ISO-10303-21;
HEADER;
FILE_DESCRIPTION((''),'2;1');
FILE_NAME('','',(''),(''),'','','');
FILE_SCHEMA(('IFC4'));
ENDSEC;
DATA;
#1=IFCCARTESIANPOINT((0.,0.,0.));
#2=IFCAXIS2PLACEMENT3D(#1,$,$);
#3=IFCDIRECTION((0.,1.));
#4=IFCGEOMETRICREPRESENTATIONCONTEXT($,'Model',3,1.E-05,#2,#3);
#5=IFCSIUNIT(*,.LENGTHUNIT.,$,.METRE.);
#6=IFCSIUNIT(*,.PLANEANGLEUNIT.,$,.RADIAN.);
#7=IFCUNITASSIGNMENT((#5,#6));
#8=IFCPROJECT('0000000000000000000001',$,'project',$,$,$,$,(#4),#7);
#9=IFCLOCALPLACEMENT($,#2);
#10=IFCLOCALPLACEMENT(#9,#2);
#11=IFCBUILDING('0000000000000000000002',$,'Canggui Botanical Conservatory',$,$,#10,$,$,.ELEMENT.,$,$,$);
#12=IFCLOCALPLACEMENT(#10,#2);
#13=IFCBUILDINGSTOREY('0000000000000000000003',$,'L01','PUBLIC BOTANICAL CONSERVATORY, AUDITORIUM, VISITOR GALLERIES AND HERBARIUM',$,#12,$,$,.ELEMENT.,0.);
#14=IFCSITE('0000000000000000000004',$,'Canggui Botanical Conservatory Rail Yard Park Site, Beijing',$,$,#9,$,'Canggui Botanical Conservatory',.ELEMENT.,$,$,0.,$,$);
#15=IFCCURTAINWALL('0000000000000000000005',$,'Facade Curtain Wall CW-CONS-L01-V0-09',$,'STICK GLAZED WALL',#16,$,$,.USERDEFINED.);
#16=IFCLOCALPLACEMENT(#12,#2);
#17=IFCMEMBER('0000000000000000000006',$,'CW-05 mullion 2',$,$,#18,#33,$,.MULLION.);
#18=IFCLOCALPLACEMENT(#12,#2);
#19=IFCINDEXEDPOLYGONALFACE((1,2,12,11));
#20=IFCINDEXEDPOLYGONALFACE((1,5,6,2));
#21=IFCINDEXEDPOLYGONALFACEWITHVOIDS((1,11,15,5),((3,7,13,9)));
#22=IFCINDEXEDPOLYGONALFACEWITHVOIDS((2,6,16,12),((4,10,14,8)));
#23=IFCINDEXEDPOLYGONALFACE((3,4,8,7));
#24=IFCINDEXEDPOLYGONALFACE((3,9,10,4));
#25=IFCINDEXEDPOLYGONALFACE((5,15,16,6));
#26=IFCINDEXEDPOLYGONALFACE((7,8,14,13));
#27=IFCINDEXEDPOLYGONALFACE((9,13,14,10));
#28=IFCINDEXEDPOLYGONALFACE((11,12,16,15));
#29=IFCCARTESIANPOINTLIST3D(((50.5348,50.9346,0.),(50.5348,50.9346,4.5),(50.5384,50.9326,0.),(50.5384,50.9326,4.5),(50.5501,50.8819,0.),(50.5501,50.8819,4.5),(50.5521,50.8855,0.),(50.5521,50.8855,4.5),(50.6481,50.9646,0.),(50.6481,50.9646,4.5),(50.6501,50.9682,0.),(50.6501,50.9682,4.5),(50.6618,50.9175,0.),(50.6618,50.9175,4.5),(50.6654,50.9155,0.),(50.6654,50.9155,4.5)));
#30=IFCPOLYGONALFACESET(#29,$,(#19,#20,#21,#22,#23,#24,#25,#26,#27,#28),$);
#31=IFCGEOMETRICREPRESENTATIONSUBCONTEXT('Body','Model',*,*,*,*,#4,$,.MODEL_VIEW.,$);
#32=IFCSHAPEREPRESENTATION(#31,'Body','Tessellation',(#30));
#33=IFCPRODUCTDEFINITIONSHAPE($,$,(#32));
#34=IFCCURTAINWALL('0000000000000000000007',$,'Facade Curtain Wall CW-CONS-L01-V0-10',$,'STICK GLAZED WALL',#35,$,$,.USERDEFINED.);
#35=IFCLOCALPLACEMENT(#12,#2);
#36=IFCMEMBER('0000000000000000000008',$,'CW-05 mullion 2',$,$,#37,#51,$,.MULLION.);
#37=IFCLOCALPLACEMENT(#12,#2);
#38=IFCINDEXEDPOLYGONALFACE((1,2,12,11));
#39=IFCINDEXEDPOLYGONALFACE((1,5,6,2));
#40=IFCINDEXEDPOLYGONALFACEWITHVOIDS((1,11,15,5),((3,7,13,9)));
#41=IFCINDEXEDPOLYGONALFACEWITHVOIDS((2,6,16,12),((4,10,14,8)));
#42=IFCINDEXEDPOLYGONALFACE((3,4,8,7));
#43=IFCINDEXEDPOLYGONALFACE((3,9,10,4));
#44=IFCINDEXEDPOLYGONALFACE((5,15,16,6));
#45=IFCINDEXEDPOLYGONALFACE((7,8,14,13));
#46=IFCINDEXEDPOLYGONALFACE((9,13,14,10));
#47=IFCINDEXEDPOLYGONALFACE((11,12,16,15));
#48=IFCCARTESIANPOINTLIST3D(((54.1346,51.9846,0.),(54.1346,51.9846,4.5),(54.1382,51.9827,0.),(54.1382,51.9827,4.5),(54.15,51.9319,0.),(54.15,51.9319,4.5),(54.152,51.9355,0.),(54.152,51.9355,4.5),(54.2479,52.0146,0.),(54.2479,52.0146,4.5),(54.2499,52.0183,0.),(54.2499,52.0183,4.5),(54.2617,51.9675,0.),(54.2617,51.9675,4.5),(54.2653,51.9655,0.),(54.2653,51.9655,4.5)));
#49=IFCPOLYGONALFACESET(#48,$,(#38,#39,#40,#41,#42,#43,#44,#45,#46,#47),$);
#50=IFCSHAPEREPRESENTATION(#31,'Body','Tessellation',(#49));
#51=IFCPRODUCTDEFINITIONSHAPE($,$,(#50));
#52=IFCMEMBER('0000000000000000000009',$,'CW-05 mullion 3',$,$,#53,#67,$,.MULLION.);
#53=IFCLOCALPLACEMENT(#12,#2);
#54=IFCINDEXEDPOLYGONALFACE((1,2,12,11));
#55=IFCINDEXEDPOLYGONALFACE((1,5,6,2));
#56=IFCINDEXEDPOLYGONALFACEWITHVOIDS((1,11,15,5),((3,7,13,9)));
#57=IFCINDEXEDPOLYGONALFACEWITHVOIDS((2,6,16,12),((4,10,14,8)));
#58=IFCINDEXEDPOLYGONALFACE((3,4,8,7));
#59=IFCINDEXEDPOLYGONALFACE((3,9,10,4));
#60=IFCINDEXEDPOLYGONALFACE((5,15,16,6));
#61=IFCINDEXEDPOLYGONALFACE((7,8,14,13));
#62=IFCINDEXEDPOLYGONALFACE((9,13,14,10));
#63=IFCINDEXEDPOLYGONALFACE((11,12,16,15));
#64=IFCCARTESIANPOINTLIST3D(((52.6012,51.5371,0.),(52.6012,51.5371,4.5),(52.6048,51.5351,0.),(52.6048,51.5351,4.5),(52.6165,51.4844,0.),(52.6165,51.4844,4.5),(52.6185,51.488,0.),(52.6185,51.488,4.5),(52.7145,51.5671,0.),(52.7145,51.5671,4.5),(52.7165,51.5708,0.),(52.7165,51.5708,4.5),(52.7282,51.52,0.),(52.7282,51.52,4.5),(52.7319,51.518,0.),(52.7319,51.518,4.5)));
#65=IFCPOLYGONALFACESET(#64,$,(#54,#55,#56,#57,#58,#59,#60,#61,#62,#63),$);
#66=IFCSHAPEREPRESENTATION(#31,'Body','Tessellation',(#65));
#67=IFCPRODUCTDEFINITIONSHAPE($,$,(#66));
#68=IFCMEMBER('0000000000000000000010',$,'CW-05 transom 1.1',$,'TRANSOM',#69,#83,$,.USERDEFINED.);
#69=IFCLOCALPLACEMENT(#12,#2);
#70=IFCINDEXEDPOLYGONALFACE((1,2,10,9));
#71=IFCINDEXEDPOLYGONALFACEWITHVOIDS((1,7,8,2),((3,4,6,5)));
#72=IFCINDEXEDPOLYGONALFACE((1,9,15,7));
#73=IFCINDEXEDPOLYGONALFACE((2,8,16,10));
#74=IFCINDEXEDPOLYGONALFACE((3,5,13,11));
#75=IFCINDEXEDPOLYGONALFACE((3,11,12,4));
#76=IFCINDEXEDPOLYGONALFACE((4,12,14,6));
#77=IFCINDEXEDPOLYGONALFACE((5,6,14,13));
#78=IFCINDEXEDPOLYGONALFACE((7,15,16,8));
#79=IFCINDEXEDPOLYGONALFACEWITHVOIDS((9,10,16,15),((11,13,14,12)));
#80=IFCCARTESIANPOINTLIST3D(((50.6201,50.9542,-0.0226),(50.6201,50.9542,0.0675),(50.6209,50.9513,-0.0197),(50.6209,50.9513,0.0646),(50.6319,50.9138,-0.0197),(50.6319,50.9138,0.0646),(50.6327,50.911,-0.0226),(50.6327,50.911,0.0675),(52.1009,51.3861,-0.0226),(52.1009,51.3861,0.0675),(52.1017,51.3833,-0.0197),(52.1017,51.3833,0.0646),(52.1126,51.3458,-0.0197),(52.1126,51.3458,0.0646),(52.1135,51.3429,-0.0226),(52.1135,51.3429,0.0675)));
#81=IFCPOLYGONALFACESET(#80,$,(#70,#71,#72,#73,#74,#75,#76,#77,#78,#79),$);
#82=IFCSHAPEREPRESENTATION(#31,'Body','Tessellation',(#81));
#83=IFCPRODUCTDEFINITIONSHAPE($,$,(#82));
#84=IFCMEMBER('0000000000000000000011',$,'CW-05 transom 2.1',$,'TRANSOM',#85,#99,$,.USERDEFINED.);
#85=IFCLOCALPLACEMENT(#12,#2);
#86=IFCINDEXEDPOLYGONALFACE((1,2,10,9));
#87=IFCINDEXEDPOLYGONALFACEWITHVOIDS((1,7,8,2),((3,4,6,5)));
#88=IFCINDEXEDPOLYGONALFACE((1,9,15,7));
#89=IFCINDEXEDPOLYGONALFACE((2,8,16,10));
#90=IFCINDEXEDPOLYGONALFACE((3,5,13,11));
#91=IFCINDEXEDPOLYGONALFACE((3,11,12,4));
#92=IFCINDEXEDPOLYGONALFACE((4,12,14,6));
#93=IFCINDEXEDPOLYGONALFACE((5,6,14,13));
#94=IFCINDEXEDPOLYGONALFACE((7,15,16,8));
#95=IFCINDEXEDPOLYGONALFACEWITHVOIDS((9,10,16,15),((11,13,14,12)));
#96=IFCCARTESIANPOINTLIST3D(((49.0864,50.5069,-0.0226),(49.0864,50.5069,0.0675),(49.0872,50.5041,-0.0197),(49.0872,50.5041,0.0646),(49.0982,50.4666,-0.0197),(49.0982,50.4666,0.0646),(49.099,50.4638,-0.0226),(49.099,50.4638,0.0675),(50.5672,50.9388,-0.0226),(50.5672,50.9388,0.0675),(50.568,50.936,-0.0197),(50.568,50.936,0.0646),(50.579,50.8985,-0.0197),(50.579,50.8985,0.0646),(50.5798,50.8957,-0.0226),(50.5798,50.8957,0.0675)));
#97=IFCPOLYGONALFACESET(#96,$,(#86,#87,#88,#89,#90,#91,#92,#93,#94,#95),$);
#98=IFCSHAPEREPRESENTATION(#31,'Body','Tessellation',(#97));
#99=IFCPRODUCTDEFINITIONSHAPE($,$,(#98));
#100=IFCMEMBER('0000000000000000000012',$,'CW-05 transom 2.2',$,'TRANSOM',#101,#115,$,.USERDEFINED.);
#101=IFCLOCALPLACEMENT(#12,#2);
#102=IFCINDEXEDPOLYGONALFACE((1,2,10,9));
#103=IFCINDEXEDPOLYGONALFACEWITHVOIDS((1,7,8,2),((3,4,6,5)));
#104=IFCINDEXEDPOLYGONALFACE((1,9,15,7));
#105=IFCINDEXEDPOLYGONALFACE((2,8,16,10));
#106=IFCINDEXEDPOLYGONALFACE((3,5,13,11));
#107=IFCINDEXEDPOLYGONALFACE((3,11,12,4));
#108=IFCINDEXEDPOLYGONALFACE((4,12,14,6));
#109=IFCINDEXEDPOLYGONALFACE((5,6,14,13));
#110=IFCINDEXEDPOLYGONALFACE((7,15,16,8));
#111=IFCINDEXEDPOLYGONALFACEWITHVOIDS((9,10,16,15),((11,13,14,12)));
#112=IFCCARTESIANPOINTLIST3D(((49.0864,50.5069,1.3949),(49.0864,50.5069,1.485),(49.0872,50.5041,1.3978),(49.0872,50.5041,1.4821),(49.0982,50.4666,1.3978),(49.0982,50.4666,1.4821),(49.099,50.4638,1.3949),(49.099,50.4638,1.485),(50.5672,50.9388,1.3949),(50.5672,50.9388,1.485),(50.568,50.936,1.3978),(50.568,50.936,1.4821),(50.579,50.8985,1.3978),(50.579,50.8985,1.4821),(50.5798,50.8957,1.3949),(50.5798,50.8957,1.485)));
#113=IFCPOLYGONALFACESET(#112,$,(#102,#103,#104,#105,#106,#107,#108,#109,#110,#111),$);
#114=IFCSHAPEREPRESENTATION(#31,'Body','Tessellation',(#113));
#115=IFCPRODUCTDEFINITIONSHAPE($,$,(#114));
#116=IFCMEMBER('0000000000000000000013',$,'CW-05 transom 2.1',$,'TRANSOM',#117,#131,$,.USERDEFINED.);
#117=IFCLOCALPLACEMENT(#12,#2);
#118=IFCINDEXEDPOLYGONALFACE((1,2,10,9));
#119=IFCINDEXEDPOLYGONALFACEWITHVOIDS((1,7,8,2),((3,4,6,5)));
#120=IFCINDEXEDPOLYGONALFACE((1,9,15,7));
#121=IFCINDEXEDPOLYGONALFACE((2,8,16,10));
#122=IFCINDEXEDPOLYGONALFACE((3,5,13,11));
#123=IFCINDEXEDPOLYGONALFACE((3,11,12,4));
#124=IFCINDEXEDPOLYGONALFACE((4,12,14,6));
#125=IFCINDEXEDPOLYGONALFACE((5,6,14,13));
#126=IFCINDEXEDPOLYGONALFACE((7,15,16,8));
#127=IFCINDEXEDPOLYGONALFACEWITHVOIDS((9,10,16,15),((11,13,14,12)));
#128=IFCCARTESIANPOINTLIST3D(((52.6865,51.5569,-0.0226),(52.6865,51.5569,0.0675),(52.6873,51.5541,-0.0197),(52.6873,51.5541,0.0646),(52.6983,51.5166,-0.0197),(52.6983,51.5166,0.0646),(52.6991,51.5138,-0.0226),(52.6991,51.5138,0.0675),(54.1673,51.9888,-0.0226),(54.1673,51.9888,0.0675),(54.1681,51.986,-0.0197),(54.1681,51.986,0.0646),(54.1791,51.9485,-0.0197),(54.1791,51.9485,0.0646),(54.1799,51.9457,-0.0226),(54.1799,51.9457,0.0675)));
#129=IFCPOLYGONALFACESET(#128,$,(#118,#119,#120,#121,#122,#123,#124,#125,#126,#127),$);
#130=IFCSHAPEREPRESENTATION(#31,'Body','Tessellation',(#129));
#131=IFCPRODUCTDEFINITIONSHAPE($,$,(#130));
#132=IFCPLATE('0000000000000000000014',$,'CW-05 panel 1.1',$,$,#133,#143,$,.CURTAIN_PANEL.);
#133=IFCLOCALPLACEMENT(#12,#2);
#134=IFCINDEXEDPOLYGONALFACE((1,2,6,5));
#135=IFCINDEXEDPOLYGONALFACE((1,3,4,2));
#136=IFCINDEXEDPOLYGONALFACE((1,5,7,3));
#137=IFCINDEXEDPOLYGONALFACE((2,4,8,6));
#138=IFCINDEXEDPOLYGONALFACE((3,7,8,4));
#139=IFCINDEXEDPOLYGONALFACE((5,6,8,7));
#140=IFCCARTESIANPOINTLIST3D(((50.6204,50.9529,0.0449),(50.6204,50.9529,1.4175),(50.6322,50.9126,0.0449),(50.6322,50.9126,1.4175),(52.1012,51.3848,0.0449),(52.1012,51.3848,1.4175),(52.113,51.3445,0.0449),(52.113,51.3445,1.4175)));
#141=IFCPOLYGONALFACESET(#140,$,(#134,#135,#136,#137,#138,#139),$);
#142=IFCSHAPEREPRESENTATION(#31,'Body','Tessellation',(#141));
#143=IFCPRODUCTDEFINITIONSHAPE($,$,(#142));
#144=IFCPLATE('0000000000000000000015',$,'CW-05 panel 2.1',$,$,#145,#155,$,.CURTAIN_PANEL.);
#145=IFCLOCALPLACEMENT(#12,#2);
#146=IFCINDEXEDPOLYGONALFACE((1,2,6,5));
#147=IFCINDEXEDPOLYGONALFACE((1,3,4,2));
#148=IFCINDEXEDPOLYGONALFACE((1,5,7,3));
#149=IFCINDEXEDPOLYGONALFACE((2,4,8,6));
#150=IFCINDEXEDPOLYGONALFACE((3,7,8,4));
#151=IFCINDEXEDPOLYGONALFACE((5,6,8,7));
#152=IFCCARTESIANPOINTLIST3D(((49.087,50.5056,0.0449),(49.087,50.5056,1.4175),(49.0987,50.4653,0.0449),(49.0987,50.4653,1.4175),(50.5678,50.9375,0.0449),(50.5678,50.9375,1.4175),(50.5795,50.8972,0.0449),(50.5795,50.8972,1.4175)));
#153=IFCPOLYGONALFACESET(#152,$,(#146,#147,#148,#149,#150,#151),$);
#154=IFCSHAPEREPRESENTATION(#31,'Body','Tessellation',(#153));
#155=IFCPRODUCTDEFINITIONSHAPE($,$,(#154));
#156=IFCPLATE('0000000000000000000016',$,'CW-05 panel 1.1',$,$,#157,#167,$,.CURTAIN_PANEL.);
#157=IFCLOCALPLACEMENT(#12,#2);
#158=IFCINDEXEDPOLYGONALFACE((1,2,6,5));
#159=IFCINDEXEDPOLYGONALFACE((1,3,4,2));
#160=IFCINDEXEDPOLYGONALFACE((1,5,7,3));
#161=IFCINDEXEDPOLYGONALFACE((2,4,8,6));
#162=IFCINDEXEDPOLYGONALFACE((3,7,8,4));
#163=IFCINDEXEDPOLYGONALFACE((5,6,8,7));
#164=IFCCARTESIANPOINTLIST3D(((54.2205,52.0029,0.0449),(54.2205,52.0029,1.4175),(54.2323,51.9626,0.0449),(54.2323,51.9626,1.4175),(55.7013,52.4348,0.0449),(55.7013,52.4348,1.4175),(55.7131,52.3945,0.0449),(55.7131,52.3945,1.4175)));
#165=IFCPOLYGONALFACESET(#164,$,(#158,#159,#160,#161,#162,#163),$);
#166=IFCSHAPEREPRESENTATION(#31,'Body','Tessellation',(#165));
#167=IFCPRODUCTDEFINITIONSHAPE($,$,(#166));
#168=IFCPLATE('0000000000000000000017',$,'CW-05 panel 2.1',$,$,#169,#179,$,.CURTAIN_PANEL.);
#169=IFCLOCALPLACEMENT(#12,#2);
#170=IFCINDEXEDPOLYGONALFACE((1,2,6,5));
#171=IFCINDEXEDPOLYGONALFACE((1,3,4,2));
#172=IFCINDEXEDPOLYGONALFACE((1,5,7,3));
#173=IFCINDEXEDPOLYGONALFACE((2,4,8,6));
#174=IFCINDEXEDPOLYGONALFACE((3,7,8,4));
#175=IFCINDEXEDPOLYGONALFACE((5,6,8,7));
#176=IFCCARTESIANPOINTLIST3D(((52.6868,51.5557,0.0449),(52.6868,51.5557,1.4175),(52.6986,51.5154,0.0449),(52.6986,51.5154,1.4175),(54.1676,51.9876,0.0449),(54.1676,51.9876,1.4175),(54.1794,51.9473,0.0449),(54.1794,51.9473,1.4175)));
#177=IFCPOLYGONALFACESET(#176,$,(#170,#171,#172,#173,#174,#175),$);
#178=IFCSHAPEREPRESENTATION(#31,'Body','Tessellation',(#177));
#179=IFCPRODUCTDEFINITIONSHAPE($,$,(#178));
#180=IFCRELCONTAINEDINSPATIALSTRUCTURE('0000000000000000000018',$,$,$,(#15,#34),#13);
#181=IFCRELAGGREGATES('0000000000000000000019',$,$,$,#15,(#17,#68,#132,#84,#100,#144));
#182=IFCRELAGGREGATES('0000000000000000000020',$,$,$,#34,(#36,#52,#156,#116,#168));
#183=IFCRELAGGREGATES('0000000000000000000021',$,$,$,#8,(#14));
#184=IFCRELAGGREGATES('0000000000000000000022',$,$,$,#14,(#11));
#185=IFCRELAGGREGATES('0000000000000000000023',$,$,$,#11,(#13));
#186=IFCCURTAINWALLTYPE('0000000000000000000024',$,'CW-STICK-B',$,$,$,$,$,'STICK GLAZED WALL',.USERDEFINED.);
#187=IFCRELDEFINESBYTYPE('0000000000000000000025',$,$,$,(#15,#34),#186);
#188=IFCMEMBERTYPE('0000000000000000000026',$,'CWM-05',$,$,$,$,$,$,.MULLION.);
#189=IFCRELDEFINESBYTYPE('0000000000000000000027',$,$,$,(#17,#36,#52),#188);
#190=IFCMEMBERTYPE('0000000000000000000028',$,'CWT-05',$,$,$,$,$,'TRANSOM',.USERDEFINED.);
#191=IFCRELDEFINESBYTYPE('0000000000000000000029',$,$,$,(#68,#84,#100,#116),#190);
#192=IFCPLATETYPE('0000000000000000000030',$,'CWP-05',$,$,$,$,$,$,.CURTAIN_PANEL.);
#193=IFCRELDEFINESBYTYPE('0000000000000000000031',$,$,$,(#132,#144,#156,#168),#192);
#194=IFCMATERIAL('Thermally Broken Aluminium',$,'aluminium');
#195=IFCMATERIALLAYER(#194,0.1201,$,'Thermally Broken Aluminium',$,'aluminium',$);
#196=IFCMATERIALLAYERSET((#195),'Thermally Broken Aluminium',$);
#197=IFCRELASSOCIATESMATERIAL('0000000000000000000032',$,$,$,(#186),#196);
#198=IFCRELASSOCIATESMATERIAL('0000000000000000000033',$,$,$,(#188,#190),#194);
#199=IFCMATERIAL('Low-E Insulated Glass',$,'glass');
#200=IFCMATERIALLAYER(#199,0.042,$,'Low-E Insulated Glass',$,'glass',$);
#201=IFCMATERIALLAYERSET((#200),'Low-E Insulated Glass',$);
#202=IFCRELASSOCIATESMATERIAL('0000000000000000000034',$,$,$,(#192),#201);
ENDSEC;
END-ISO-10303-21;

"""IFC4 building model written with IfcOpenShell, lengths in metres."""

from ifc_helpers import new_model, si_unit, direction, frame, origin, origin_2d, place, context, subcontext, project, spatial, rectangle, hollow_rectangle, extrude, material, layer, layer_set, material_profile, profile_set, type_object, element, aggregate, save


model = new_model("IFC4")

# Units and contexts
model_context = context("Model", 3, precision=1e-05, world=origin(), true_north=direction((0.0, 1.0)))
body_context = subcontext(model_context, "Body", "Model", "MODEL_VIEW")
ifc_project = project(units=[si_unit("LENGTHUNIT", "METRE"), si_unit("PLANEANGLEUNIT", "RADIAN")], contexts=[model_context])

# Site, building, storey
site_placement = place(None, origin())
site = spatial("IfcSite", under=ifc_project, at=site_placement, Name="Canggui Botanical Conservatory Rail Yard Park Site, Beijing", LongName="Canggui Botanical Conservatory", CompositionType="ELEMENT", RefElevation=0.0)
building_placement = place(site_placement, origin())
building = spatial("IfcBuilding", under=site, at=building_placement, Name="Canggui Botanical Conservatory", CompositionType="ELEMENT")
storey_placement = place(building_placement, origin())
storey = spatial("IfcBuildingStorey", under=building, at=storey_placement, Name="L01", Description="PUBLIC BOTANICAL CONSERVATORY, AUDITORIUM, VISITOR GALLERIES AND HERBARIUM", CompositionType="ELEMENT", Elevation=0.0)

# Curtain walls, members
ifc_material_1 = material(Name="Thermally Broken Aluminium", Category="aluminium")
ifc_layer_1 = layer(ifc_material_1, 0.1201, Name="Thermally Broken Aluminium", Category="aluminium")
ifc_layer_set_1 = layer_set([ifc_layer_1], Name="Thermally Broken Aluminium")
curtain_wall_type = type_object("IfcCurtainWallType", Name="CW-STICK-B", ElementType="STICK GLAZED WALL", PredefinedType="USERDEFINED", material=ifc_layer_set_1)
curtain_wall_1_placement = place(storey_placement, origin())
curtain_wall_1 = element("IfcCurtainWall", 1, at=curtain_wall_1_placement, inside=storey, type_object=curtain_wall_type, Name="Facade Curtain Wall CW-CONS-L01-V0-09", ObjectType="STICK GLAZED WALL", PredefinedType="USERDEFINED")
ifc_material_profile_1 = material_profile(ifc_material_1, hollow_rectangle(XDim=0.0549, YDim=0.1201, WallThickness=0.0029, at=origin_2d()), Name="CWM 55x120x3")
ifc_profile_set_1 = profile_set([ifc_material_profile_1], Name="Thermally Broken Aluminium")
member_type_1 = type_object("IfcMemberType", Name="CWM-05", PredefinedType="MULLION", material=ifc_profile_set_1)
member_1_placement = place(storey_placement, frame((50.6001, 50.925, 0.0), z_axis=(0.0, 0.0, 1.0), x_axis=(0.28, -0.96, 0.0)))
member_1 = element("IfcMember", 2, at=member_1_placement, type_object=member_type_1, Name="CW-05 mullion 2", PredefinedType="MULLION", context=body_context, shape_type="SweptSolid", body=[
    extrude(hollow_rectangle(XDim=0.0549, YDim=0.1201, WallThickness=0.0029, at=origin_2d()), origin(), (0.0, 0.0, 1.0), 4.5),
])
curtain_wall_2_placement = place(storey_placement, origin())
curtain_wall_2 = element("IfcCurtainWall", 3, at=curtain_wall_2_placement, inside=storey, type_object=curtain_wall_type, Name="Facade Curtain Wall CW-CONS-L01-V0-10", ObjectType="STICK GLAZED WALL", PredefinedType="USERDEFINED")
member_2_placement = place(storey_placement, frame((54.2, 51.9751, 0.0), z_axis=(0.0, 0.0, 1.0), x_axis=(0.28, -0.96, 0.0)))
member_2 = element("IfcMember", 4, at=member_2_placement, type_object=member_type_1, Name="CW-05 mullion 2", PredefinedType="MULLION", context=body_context, shape_type="SweptSolid", body=[
    extrude(hollow_rectangle(XDim=0.0549, YDim=0.1201, WallThickness=0.0029, at=origin_2d()), origin(), (0.0, 0.0, 1.0), 4.5),
])
member_3_placement = place(storey_placement, frame((52.6665, 51.5276, 0.0), z_axis=(0.0, 0.0, 1.0), x_axis=(0.28, -0.96, 0.0)))
member_3 = element("IfcMember", 5, at=member_3_placement, type_object=member_type_1, Name="CW-05 mullion 3", PredefinedType="MULLION", context=body_context, shape_type="SweptSolid", body=[
    extrude(hollow_rectangle(XDim=0.0549, YDim=0.1201, WallThickness=0.0029, at=origin_2d()), origin(), (0.0, 0.0, 1.0), 4.5),
])

# Members
ifc_material_profile_2 = material_profile(ifc_material_1, hollow_rectangle(XDim=0.0449, YDim=0.0901, WallThickness=0.0029, at=origin_2d()), Name="CWT 45x90x3")
ifc_profile_set_2 = profile_set([ifc_material_profile_2], Name="Thermally Broken Aluminium")
member_type_2 = type_object("IfcMemberType", Name="CWT-05", ElementType="TRANSOM", PredefinedType="USERDEFINED", material=ifc_profile_set_2)
member_4_placement = place(storey_placement, frame((52.1072, 51.3645, 0.0225), z_axis=(-0.959998, -0.280006, 0.0), x_axis=(0.280006, -0.959998, 0.0)))
member_4 = element("IfcMember", 6, at=member_4_placement, type_object=member_type_2, Name="CW-05 transom 1.1", ObjectType="TRANSOM", PredefinedType="USERDEFINED", context=body_context, shape_type="SweptSolid", body=[
    extrude(hollow_rectangle(XDim=0.0449, YDim=0.0901, WallThickness=0.0029, at=origin_2d()), origin(), (0.0, 0.0, 1.0), 1.5425),
])
member_5_placement = place(storey_placement, frame((50.5735, 50.9172, 0.0225), z_axis=(-0.959998, -0.280006, 0.0), x_axis=(0.280006, -0.959998, 0.0)))
member_5 = element("IfcMember", 7, at=member_5_placement, type_object=member_type_2, Name="CW-05 transom 2.1", ObjectType="TRANSOM", PredefinedType="USERDEFINED", context=body_context, shape_type="SweptSolid", body=[
    extrude(hollow_rectangle(XDim=0.0449, YDim=0.0901, WallThickness=0.0029, at=origin_2d()), origin(), (0.0, 0.0, 1.0), 1.5425),
])
member_6_placement = place(storey_placement, frame((50.5735, 50.9172, 1.4399), z_axis=(-0.959998, -0.280006, 0.0), x_axis=(0.280006, -0.959998, 0.0)))
member_6 = element("IfcMember", 8, at=member_6_placement, type_object=member_type_2, Name="CW-05 transom 2.2", ObjectType="TRANSOM", PredefinedType="USERDEFINED", context=body_context, shape_type="SweptSolid", body=[
    extrude(hollow_rectangle(XDim=0.0449, YDim=0.0901, WallThickness=0.0029, at=origin_2d()), origin(), (0.0, 0.0, 1.0), 1.5425),
])
member_7_placement = place(storey_placement, frame((54.1736, 51.9673, 0.0225), z_axis=(-0.959998, -0.280006, 0.0), x_axis=(0.280006, -0.959998, 0.0)))
member_7 = element("IfcMember", 9, at=member_7_placement, type_object=member_type_2, Name="CW-05 transom 2.1", ObjectType="TRANSOM", PredefinedType="USERDEFINED", context=body_context, shape_type="SweptSolid", body=[
    extrude(hollow_rectangle(XDim=0.0449, YDim=0.0901, WallThickness=0.0029, at=origin_2d()), origin(), (0.0, 0.0, 1.0), 1.5425),
])

# Plates
ifc_material_2 = material(Name="Low-E Insulated Glass", Category="glass")
ifc_layer_2 = layer(ifc_material_2, 0.042, Name="Low-E Insulated Glass", Category="glass")
ifc_layer_set_2 = layer_set([ifc_layer_2], Name="Low-E Insulated Glass")
plate_type = type_object("IfcPlateType", Name="CWP-05", PredefinedType="CURTAIN_PANEL", material=ifc_layer_set_2)
plate_1_placement = place(storey_placement, frame((51.3667, 51.1487, 0.0449), z_axis=(0.0, 0.0, 1.0), x_axis=(-0.96, -0.28, 0.0)))
plate_1 = element("IfcPlate", 10, at=plate_1_placement, type_object=plate_type, Name="CW-05 panel 1.1", PredefinedType="CURTAIN_PANEL", context=body_context, shape_type="SweptSolid", body=[
    extrude(rectangle(XDim=1.5425, YDim=0.042, at=origin_2d()), origin(), (0.0, 0.0, 1.0), 1.3726),
])
plate_2_placement = place(storey_placement, frame((49.8333, 50.7014, 0.0449), z_axis=(0.0, 0.0, 1.0), x_axis=(-0.96, -0.28, 0.0)))
plate_2 = element("IfcPlate", 11, at=plate_2_placement, type_object=plate_type, Name="CW-05 panel 2.1", PredefinedType="CURTAIN_PANEL", context=body_context, shape_type="SweptSolid", body=[
    extrude(rectangle(XDim=1.5425, YDim=0.042, at=origin_2d()), origin(), (0.0, 0.0, 1.0), 1.3726),
])
aggregate(curtain_wall_1, [member_1, member_4, plate_1, member_5, member_6, plate_2])
plate_3_placement = place(storey_placement, frame((54.9668, 52.1987, 0.0449), z_axis=(0.0, 0.0, 1.0), x_axis=(-0.96, -0.28, 0.0)))
plate_3 = element("IfcPlate", 12, at=plate_3_placement, type_object=plate_type, Name="CW-05 panel 1.1", PredefinedType="CURTAIN_PANEL", context=body_context, shape_type="SweptSolid", body=[
    extrude(rectangle(XDim=1.5425, YDim=0.042, at=origin_2d()), origin(), (0.0, 0.0, 1.0), 1.3726),
])
plate_4_placement = place(storey_placement, frame((53.4331, 51.7515, 0.0449), z_axis=(0.0, 0.0, 1.0), x_axis=(-0.96, -0.28, 0.0)))
plate_4 = element("IfcPlate", 13, at=plate_4_placement, type_object=plate_type, Name="CW-05 panel 2.1", PredefinedType="CURTAIN_PANEL", context=body_context, shape_type="SweptSolid", body=[
    extrude(rectangle(XDim=1.5425, YDim=0.042, at=origin_2d()), origin(), (0.0, 0.0, 1.0), 1.3726),
])
aggregate(curtain_wall_2, [member_2, member_3, plate_3, member_7, plate_4])

save(model, "model.ifc")
